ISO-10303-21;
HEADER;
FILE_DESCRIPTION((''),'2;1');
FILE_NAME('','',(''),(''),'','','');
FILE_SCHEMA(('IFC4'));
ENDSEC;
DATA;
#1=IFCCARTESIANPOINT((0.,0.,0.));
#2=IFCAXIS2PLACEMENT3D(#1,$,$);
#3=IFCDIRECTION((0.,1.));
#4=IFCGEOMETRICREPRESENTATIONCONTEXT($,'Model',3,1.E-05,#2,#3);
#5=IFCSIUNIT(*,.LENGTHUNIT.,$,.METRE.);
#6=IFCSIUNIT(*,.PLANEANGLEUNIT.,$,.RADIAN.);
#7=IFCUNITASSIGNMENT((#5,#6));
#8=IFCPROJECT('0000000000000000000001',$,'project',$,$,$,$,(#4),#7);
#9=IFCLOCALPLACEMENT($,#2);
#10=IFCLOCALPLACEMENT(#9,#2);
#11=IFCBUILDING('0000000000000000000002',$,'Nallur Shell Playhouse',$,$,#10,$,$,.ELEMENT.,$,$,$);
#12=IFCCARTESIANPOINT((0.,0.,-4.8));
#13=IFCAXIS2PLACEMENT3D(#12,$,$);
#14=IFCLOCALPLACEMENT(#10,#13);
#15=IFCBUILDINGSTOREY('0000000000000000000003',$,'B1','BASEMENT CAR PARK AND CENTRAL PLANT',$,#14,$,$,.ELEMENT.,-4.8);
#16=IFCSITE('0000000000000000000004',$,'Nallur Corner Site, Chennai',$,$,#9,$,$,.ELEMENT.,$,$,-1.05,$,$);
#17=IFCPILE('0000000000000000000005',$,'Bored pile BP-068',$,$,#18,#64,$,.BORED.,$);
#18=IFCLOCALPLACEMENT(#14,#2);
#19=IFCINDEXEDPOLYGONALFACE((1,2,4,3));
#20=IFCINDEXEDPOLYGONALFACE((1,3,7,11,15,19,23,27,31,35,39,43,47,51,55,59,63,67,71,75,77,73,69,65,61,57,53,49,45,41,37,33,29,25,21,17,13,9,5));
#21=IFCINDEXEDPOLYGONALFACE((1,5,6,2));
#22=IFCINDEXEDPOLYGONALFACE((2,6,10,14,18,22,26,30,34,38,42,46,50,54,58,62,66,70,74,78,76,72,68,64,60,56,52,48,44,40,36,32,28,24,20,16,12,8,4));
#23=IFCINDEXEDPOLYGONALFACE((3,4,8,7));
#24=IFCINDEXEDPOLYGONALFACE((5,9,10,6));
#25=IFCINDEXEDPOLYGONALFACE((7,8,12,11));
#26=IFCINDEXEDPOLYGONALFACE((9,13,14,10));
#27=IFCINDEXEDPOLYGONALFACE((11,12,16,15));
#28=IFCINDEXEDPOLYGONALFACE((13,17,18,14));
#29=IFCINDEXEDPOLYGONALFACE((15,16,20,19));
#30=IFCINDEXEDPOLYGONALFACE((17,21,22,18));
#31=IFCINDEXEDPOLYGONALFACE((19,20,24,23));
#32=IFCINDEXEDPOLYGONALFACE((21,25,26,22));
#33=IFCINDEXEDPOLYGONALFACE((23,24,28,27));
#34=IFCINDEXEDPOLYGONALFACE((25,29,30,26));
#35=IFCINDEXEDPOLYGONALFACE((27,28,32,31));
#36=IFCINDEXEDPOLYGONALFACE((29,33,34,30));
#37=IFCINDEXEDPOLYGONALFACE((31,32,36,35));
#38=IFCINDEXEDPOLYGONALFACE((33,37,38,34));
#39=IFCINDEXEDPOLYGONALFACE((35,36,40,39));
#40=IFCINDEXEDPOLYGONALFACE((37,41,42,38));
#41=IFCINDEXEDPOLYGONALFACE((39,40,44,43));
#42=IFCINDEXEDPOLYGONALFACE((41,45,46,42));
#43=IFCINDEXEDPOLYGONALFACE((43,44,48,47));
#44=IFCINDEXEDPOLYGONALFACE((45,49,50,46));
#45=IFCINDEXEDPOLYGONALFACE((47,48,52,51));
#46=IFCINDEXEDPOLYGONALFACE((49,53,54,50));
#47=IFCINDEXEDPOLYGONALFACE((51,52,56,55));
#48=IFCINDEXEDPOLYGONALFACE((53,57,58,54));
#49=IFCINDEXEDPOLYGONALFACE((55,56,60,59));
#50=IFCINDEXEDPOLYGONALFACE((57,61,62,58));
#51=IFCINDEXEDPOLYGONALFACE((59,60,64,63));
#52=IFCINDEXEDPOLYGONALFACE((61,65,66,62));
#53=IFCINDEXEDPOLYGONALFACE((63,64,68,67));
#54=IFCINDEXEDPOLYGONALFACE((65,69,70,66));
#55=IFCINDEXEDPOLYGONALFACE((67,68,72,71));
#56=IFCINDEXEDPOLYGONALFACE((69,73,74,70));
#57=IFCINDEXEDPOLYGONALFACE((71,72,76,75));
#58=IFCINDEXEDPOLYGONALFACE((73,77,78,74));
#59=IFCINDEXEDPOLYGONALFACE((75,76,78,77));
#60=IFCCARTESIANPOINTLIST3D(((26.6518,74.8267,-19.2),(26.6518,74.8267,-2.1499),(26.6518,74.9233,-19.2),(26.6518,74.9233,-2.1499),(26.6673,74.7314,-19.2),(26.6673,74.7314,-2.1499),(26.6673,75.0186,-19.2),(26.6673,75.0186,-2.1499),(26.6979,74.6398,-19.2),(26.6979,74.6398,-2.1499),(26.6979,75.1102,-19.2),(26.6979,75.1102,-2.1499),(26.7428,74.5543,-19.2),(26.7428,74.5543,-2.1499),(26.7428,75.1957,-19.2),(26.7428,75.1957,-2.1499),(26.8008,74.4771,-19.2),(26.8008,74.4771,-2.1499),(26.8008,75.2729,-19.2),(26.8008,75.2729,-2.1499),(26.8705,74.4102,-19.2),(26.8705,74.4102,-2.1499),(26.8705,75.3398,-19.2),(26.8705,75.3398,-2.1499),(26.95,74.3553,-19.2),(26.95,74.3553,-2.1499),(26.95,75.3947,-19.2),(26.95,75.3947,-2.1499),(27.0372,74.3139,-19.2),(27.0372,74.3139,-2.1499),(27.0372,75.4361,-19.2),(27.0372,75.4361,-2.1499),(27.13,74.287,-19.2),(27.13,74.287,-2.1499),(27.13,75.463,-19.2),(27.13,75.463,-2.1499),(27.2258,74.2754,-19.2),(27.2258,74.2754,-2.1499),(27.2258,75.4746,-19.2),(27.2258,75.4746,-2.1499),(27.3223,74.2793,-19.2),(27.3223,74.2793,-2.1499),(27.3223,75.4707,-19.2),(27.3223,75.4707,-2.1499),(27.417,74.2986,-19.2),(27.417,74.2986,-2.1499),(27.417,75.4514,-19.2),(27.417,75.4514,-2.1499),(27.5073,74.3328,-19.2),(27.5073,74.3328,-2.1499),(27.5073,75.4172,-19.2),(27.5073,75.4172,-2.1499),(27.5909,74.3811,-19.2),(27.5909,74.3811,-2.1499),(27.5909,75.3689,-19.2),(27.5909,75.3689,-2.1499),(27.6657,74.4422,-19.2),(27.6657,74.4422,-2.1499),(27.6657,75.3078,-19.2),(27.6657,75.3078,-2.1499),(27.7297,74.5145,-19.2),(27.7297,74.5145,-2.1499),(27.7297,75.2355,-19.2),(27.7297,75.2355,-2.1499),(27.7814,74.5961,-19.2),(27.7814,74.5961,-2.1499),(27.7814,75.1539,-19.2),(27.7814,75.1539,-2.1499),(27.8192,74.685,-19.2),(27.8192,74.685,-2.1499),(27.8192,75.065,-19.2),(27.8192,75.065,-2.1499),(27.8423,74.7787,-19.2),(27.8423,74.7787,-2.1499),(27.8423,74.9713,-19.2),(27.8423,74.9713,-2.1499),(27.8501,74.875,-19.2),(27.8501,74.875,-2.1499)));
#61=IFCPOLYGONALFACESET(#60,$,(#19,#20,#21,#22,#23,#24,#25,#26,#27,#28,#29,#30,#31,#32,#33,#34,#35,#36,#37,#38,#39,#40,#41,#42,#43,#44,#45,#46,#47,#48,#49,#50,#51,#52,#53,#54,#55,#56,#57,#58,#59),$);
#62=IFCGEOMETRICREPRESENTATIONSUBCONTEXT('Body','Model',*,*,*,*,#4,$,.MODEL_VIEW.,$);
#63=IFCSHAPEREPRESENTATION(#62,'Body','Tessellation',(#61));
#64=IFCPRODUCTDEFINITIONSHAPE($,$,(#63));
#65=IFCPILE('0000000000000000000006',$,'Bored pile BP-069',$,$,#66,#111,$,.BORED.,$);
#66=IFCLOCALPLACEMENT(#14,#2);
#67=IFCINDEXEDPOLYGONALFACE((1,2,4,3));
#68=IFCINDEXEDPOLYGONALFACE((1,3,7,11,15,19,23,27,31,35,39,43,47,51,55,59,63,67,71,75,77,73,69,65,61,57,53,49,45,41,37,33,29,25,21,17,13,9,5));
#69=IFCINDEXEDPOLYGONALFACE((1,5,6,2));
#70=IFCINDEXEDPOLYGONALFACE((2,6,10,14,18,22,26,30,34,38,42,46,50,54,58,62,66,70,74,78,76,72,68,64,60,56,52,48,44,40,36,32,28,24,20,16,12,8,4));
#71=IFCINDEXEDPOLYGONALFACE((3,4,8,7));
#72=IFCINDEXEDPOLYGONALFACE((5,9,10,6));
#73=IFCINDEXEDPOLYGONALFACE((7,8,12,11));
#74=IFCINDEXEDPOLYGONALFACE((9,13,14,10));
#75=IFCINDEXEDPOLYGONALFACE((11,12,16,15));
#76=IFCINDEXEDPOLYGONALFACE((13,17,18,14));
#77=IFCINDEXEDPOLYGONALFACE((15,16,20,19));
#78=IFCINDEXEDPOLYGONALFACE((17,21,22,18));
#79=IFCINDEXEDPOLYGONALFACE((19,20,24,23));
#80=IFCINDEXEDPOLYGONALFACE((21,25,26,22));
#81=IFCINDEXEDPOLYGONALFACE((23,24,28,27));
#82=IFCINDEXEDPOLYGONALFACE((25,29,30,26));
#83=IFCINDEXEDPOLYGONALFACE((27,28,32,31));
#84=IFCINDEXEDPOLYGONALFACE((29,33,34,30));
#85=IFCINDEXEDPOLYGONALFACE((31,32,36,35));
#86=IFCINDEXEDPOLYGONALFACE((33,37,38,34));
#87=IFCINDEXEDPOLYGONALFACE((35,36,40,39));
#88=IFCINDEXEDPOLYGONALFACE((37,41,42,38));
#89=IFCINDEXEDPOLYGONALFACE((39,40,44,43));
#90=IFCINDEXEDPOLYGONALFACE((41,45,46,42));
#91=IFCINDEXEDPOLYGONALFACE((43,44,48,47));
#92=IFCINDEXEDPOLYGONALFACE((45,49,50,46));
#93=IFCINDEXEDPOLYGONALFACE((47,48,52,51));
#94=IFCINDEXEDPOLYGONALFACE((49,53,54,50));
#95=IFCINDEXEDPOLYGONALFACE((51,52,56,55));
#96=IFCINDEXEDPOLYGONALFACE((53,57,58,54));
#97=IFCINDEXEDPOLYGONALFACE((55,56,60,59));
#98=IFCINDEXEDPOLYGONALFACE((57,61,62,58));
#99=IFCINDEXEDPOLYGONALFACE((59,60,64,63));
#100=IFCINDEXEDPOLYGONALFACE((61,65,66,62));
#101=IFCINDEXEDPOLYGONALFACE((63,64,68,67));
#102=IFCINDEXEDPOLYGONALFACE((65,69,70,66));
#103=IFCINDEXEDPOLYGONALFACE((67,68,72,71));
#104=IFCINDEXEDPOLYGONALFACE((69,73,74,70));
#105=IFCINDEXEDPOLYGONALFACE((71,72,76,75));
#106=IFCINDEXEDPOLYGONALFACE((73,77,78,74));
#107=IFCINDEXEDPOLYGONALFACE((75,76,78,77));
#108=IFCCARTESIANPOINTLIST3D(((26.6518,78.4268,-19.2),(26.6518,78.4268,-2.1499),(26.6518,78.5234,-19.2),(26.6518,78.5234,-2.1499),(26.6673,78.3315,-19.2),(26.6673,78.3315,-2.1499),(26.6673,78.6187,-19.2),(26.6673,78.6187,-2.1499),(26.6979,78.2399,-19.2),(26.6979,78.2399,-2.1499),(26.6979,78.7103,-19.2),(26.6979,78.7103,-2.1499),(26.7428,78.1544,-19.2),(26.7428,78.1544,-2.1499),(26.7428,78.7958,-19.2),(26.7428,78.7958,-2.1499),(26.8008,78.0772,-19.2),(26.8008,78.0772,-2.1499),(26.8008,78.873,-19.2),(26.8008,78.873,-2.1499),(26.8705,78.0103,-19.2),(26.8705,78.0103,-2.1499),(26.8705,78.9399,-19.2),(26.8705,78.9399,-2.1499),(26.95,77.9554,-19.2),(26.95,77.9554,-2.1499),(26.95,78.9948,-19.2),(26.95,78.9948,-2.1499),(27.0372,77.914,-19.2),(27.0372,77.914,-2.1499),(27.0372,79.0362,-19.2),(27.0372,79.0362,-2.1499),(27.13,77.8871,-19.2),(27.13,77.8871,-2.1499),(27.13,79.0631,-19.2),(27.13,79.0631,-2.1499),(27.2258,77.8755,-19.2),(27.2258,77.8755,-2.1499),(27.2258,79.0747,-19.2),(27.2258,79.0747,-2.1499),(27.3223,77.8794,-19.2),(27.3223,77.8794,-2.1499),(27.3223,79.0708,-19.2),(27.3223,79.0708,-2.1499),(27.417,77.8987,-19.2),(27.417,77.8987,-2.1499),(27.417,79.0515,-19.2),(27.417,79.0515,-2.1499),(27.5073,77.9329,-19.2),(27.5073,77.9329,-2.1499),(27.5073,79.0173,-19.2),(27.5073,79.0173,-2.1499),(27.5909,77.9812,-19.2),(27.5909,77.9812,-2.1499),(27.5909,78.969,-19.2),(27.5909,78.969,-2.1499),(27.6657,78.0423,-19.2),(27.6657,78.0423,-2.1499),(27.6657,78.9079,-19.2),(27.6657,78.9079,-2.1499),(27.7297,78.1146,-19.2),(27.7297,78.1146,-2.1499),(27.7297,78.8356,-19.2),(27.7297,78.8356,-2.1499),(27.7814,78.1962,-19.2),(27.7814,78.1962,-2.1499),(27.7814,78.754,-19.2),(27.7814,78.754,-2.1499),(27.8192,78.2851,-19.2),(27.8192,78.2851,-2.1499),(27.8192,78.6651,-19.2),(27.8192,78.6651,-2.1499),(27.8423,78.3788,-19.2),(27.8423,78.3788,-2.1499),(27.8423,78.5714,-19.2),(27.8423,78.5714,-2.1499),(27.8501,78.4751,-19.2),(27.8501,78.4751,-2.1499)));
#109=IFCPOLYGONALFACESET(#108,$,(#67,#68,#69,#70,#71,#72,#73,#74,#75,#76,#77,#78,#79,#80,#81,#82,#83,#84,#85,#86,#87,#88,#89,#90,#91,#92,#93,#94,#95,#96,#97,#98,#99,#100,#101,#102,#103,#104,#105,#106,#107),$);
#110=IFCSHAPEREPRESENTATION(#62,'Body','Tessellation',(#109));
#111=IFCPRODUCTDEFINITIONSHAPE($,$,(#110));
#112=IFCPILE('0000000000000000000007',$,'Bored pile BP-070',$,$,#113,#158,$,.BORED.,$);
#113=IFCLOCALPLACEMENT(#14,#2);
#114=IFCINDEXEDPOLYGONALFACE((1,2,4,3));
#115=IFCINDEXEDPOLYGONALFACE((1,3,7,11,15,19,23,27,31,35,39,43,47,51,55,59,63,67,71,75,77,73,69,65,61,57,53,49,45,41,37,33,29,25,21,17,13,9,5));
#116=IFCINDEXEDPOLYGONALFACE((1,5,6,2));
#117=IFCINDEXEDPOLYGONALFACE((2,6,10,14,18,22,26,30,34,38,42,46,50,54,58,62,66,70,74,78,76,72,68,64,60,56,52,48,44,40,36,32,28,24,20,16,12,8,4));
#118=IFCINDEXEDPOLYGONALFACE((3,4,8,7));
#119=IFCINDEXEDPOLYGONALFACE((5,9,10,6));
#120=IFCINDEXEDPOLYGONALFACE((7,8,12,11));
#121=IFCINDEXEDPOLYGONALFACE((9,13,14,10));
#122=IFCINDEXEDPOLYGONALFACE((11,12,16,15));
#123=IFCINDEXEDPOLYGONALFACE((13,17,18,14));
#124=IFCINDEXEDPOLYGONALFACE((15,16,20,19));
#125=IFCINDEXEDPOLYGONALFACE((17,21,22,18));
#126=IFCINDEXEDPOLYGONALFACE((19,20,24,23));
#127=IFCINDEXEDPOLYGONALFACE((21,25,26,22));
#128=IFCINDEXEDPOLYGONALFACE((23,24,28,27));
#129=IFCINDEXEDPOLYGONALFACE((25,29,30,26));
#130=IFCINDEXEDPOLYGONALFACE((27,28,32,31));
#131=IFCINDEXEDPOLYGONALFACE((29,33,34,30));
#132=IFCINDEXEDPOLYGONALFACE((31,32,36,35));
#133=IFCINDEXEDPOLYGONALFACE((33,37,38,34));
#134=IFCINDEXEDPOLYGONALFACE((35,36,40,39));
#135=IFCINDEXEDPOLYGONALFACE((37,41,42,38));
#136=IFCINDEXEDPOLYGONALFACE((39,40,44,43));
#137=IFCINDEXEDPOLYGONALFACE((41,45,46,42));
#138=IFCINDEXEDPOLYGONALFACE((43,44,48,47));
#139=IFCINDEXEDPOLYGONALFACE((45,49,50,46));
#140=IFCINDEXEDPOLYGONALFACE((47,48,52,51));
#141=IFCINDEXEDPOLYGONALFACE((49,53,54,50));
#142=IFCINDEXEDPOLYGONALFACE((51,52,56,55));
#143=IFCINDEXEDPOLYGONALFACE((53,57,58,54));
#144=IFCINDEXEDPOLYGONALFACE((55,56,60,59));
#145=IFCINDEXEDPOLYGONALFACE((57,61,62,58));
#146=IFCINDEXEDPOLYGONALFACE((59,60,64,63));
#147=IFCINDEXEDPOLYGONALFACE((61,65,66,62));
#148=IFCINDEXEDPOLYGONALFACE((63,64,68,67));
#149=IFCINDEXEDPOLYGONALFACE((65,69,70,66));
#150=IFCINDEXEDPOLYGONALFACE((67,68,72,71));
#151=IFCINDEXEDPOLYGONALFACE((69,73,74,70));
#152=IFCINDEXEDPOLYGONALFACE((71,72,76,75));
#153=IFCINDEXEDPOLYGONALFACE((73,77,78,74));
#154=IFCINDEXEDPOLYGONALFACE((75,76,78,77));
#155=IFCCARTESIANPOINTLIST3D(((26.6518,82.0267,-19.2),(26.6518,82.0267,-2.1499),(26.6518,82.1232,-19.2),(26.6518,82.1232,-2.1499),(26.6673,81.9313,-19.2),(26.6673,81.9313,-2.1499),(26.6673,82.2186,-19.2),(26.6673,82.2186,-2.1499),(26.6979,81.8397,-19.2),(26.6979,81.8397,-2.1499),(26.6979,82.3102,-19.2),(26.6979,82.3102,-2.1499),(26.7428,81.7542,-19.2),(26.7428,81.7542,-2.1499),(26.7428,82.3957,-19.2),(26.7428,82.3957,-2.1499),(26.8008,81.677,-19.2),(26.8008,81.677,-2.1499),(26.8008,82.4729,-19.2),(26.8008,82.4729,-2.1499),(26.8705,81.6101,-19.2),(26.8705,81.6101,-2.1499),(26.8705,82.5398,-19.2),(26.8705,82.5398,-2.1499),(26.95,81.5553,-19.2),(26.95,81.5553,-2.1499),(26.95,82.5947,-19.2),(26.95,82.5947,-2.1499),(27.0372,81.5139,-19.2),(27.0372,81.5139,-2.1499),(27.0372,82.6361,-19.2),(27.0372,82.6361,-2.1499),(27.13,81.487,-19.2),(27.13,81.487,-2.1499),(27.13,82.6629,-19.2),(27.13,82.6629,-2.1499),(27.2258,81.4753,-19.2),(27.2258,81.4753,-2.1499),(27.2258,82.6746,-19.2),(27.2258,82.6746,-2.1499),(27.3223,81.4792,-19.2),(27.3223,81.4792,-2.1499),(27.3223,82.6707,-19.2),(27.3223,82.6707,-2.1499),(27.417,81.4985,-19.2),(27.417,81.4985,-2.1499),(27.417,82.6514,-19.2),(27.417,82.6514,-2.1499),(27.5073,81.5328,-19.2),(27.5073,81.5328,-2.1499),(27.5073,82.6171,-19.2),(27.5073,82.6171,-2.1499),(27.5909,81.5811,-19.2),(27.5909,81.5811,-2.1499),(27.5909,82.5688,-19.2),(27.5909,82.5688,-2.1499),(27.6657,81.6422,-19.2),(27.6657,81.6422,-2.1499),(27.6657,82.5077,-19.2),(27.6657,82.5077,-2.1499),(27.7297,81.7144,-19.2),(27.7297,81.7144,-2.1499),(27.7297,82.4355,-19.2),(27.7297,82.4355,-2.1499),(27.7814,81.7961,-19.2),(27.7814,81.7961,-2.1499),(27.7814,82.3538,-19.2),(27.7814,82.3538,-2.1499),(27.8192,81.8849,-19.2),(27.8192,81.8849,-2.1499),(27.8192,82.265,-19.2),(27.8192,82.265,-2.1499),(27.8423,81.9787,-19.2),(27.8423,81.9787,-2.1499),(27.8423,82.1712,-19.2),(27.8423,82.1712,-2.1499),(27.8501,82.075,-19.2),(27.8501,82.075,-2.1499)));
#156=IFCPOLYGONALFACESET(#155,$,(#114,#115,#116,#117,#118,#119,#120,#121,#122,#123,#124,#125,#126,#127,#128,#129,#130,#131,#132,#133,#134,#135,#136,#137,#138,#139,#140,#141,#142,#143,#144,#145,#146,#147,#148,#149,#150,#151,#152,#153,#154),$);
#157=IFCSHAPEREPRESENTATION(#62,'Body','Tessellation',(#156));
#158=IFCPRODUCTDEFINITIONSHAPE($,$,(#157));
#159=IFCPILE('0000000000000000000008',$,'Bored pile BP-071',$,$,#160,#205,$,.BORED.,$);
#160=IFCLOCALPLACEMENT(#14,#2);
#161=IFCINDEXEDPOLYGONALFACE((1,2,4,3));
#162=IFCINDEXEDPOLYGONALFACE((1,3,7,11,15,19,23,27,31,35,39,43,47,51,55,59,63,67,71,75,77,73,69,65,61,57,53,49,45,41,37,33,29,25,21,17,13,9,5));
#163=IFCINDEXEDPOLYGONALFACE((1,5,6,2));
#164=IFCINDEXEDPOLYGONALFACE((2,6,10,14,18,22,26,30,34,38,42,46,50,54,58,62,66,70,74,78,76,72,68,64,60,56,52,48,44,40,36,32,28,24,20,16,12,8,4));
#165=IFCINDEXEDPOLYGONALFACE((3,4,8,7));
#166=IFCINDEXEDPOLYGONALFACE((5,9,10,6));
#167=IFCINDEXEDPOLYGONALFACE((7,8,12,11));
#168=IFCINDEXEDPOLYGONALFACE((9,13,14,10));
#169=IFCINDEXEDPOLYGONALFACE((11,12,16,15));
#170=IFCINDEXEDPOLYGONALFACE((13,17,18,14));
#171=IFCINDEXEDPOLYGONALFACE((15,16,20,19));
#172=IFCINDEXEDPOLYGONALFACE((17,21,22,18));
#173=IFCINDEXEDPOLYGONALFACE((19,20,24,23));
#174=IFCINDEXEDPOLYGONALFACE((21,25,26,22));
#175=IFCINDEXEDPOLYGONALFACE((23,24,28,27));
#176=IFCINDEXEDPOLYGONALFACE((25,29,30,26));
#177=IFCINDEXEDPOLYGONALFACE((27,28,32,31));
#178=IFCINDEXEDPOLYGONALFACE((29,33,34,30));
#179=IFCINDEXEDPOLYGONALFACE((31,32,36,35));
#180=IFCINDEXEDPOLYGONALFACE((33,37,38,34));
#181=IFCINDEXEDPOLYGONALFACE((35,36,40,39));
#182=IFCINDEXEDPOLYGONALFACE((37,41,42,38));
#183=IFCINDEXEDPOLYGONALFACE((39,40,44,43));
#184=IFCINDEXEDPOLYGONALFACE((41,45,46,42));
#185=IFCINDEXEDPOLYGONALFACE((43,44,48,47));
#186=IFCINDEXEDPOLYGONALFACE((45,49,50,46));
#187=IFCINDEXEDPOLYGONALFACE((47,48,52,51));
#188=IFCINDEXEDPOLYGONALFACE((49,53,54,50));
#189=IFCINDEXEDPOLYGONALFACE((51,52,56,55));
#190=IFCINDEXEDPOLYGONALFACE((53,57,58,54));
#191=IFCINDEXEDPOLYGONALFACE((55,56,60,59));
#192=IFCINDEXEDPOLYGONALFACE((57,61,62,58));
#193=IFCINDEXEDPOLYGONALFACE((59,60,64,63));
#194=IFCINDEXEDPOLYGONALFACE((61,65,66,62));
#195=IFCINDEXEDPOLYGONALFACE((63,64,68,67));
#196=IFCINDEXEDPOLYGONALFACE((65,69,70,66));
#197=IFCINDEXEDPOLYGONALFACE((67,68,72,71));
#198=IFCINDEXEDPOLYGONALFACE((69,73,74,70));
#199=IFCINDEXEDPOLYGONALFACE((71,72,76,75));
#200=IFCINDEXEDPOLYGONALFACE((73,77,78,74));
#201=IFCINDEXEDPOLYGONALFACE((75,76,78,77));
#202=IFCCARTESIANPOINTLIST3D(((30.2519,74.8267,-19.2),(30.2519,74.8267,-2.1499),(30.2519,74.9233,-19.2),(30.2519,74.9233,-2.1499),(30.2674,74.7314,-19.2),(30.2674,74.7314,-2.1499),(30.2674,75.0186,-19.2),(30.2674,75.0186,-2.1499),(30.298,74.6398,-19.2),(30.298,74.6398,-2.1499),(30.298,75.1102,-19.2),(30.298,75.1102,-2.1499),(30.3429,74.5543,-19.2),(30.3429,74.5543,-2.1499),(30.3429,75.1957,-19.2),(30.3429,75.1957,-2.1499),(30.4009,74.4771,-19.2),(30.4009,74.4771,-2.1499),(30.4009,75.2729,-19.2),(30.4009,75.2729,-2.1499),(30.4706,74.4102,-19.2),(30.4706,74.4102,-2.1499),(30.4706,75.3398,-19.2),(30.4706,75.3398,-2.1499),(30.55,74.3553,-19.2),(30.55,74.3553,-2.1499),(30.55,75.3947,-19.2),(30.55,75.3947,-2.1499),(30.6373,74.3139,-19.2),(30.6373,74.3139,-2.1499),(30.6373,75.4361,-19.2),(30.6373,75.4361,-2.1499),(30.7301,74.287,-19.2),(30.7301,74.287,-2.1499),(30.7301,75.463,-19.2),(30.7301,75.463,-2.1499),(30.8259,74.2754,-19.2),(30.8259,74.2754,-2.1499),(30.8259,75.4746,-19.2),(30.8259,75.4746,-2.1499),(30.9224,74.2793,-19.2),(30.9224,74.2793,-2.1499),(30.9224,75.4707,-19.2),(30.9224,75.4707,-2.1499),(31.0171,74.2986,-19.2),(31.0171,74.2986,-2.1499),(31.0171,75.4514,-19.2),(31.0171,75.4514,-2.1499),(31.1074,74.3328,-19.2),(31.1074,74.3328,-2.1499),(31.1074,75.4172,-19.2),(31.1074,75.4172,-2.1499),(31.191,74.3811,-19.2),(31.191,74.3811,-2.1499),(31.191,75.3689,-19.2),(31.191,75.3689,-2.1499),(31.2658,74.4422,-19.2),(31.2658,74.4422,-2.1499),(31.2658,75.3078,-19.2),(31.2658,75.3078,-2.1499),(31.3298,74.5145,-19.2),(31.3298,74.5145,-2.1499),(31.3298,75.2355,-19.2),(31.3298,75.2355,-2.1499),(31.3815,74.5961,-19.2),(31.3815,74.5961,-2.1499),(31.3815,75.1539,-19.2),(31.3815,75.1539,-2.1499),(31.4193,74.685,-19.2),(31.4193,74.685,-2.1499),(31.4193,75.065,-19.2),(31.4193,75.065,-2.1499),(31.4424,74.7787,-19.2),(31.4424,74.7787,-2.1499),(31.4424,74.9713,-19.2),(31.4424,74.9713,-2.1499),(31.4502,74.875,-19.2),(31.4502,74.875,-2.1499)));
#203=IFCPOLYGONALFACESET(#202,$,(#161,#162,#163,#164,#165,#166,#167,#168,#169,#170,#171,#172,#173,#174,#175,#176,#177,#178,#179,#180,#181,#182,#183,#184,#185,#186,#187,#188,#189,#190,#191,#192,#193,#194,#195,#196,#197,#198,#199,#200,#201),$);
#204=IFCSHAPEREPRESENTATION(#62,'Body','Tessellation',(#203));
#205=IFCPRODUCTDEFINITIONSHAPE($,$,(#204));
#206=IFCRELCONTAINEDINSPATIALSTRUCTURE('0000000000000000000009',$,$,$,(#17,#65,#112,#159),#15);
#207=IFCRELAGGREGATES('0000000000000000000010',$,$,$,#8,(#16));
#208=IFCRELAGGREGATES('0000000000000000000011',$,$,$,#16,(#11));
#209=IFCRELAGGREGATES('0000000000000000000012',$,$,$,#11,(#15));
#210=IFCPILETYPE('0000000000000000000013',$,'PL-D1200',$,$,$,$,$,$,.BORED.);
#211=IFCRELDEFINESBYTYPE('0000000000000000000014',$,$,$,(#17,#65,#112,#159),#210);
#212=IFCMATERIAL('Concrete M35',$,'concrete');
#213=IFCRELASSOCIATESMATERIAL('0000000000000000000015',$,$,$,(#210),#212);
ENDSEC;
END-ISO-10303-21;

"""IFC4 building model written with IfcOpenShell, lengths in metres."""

from ifc_helpers import new_model, si_unit, direction, frame, origin, origin_2d, place, context, subcontext, project, spatial, circle, extrude, material, material_profile, profile_set, type_object, element, save


model = new_model("IFC4")

# Units and contexts
model_context = context("Model", 3, precision=1e-05, world=origin(), true_north=direction((0.0, 1.0)))
body_context = subcontext(model_context, "Body", "Model", "MODEL_VIEW")
ifc_project = project(units=[si_unit("LENGTHUNIT", "METRE"), si_unit("PLANEANGLEUNIT", "RADIAN")], contexts=[model_context])

# Site, building, storey
site_placement = place(None, origin())
site = spatial("IfcSite", under=ifc_project, at=site_placement, Name="Nallur Corner Site, Chennai", CompositionType="ELEMENT", RefElevation=-1.05)
building_placement = place(site_placement, origin())
building = spatial("IfcBuilding", under=site, at=building_placement, Name="Nallur Shell Playhouse", CompositionType="ELEMENT")
storey_placement = place(building_placement, frame((0.0, 0.0, -4.8)))
storey = spatial("IfcBuildingStorey", under=building, at=storey_placement, Name="B1", Description="BASEMENT CAR PARK AND CENTRAL PLANT", CompositionType="ELEMENT", Elevation=-4.8)

# Shared definitions
ifc_material_1 = material(Name="Concrete M35", Category="concrete")

# Piles
ifc_material_profile_1 = material_profile(ifc_material_1, circle(Radius=0.6001, at=origin_2d()), Name="BORED PILE D1200")
ifc_profile_set_1 = profile_set([ifc_material_profile_1], Name="Concrete M35")
pile_type_1 = type_object("IfcPileType", Name="PL-D1200", PredefinedType="BORED", material=ifc_profile_set_1)
for number, where, z_axis, x_axis, name in (
    (1, (27.25, 74.875, -2.1499), (0.0, 0.0, -1.0), (1.0, 0.0, 0.0), "Bored pile BP-068"),
    (2, (27.25, 78.4751, -2.1499), (0.0, 0.0, -1.0), (1.0, 0.0, 0.0), "Bored pile BP-069"),
    (3, (27.25, 82.075, -2.1499), (0.0, 0.0, -1.0), (1.0, 0.0, 0.0), "Bored pile BP-070"),
    (4, (30.8501, 74.875, -2.1499), (0.0, 0.0, -1.0), (1.0, 0.0, 0.0), "Bored pile BP-071"),
):
    element("IfcPile", number, at=place(storey_placement, frame(where, z_axis=z_axis, x_axis=x_axis)), inside=storey, type_object=pile_type_1, Name=name, PredefinedType="BORED", context=body_context, shape_type="SweptSolid", body=[
        extrude(circle(Radius=0.6001, at=origin_2d()), origin(), (0.0, 0.0, 1.0), 17.05),
    ])

save(model, "model.ifc")
